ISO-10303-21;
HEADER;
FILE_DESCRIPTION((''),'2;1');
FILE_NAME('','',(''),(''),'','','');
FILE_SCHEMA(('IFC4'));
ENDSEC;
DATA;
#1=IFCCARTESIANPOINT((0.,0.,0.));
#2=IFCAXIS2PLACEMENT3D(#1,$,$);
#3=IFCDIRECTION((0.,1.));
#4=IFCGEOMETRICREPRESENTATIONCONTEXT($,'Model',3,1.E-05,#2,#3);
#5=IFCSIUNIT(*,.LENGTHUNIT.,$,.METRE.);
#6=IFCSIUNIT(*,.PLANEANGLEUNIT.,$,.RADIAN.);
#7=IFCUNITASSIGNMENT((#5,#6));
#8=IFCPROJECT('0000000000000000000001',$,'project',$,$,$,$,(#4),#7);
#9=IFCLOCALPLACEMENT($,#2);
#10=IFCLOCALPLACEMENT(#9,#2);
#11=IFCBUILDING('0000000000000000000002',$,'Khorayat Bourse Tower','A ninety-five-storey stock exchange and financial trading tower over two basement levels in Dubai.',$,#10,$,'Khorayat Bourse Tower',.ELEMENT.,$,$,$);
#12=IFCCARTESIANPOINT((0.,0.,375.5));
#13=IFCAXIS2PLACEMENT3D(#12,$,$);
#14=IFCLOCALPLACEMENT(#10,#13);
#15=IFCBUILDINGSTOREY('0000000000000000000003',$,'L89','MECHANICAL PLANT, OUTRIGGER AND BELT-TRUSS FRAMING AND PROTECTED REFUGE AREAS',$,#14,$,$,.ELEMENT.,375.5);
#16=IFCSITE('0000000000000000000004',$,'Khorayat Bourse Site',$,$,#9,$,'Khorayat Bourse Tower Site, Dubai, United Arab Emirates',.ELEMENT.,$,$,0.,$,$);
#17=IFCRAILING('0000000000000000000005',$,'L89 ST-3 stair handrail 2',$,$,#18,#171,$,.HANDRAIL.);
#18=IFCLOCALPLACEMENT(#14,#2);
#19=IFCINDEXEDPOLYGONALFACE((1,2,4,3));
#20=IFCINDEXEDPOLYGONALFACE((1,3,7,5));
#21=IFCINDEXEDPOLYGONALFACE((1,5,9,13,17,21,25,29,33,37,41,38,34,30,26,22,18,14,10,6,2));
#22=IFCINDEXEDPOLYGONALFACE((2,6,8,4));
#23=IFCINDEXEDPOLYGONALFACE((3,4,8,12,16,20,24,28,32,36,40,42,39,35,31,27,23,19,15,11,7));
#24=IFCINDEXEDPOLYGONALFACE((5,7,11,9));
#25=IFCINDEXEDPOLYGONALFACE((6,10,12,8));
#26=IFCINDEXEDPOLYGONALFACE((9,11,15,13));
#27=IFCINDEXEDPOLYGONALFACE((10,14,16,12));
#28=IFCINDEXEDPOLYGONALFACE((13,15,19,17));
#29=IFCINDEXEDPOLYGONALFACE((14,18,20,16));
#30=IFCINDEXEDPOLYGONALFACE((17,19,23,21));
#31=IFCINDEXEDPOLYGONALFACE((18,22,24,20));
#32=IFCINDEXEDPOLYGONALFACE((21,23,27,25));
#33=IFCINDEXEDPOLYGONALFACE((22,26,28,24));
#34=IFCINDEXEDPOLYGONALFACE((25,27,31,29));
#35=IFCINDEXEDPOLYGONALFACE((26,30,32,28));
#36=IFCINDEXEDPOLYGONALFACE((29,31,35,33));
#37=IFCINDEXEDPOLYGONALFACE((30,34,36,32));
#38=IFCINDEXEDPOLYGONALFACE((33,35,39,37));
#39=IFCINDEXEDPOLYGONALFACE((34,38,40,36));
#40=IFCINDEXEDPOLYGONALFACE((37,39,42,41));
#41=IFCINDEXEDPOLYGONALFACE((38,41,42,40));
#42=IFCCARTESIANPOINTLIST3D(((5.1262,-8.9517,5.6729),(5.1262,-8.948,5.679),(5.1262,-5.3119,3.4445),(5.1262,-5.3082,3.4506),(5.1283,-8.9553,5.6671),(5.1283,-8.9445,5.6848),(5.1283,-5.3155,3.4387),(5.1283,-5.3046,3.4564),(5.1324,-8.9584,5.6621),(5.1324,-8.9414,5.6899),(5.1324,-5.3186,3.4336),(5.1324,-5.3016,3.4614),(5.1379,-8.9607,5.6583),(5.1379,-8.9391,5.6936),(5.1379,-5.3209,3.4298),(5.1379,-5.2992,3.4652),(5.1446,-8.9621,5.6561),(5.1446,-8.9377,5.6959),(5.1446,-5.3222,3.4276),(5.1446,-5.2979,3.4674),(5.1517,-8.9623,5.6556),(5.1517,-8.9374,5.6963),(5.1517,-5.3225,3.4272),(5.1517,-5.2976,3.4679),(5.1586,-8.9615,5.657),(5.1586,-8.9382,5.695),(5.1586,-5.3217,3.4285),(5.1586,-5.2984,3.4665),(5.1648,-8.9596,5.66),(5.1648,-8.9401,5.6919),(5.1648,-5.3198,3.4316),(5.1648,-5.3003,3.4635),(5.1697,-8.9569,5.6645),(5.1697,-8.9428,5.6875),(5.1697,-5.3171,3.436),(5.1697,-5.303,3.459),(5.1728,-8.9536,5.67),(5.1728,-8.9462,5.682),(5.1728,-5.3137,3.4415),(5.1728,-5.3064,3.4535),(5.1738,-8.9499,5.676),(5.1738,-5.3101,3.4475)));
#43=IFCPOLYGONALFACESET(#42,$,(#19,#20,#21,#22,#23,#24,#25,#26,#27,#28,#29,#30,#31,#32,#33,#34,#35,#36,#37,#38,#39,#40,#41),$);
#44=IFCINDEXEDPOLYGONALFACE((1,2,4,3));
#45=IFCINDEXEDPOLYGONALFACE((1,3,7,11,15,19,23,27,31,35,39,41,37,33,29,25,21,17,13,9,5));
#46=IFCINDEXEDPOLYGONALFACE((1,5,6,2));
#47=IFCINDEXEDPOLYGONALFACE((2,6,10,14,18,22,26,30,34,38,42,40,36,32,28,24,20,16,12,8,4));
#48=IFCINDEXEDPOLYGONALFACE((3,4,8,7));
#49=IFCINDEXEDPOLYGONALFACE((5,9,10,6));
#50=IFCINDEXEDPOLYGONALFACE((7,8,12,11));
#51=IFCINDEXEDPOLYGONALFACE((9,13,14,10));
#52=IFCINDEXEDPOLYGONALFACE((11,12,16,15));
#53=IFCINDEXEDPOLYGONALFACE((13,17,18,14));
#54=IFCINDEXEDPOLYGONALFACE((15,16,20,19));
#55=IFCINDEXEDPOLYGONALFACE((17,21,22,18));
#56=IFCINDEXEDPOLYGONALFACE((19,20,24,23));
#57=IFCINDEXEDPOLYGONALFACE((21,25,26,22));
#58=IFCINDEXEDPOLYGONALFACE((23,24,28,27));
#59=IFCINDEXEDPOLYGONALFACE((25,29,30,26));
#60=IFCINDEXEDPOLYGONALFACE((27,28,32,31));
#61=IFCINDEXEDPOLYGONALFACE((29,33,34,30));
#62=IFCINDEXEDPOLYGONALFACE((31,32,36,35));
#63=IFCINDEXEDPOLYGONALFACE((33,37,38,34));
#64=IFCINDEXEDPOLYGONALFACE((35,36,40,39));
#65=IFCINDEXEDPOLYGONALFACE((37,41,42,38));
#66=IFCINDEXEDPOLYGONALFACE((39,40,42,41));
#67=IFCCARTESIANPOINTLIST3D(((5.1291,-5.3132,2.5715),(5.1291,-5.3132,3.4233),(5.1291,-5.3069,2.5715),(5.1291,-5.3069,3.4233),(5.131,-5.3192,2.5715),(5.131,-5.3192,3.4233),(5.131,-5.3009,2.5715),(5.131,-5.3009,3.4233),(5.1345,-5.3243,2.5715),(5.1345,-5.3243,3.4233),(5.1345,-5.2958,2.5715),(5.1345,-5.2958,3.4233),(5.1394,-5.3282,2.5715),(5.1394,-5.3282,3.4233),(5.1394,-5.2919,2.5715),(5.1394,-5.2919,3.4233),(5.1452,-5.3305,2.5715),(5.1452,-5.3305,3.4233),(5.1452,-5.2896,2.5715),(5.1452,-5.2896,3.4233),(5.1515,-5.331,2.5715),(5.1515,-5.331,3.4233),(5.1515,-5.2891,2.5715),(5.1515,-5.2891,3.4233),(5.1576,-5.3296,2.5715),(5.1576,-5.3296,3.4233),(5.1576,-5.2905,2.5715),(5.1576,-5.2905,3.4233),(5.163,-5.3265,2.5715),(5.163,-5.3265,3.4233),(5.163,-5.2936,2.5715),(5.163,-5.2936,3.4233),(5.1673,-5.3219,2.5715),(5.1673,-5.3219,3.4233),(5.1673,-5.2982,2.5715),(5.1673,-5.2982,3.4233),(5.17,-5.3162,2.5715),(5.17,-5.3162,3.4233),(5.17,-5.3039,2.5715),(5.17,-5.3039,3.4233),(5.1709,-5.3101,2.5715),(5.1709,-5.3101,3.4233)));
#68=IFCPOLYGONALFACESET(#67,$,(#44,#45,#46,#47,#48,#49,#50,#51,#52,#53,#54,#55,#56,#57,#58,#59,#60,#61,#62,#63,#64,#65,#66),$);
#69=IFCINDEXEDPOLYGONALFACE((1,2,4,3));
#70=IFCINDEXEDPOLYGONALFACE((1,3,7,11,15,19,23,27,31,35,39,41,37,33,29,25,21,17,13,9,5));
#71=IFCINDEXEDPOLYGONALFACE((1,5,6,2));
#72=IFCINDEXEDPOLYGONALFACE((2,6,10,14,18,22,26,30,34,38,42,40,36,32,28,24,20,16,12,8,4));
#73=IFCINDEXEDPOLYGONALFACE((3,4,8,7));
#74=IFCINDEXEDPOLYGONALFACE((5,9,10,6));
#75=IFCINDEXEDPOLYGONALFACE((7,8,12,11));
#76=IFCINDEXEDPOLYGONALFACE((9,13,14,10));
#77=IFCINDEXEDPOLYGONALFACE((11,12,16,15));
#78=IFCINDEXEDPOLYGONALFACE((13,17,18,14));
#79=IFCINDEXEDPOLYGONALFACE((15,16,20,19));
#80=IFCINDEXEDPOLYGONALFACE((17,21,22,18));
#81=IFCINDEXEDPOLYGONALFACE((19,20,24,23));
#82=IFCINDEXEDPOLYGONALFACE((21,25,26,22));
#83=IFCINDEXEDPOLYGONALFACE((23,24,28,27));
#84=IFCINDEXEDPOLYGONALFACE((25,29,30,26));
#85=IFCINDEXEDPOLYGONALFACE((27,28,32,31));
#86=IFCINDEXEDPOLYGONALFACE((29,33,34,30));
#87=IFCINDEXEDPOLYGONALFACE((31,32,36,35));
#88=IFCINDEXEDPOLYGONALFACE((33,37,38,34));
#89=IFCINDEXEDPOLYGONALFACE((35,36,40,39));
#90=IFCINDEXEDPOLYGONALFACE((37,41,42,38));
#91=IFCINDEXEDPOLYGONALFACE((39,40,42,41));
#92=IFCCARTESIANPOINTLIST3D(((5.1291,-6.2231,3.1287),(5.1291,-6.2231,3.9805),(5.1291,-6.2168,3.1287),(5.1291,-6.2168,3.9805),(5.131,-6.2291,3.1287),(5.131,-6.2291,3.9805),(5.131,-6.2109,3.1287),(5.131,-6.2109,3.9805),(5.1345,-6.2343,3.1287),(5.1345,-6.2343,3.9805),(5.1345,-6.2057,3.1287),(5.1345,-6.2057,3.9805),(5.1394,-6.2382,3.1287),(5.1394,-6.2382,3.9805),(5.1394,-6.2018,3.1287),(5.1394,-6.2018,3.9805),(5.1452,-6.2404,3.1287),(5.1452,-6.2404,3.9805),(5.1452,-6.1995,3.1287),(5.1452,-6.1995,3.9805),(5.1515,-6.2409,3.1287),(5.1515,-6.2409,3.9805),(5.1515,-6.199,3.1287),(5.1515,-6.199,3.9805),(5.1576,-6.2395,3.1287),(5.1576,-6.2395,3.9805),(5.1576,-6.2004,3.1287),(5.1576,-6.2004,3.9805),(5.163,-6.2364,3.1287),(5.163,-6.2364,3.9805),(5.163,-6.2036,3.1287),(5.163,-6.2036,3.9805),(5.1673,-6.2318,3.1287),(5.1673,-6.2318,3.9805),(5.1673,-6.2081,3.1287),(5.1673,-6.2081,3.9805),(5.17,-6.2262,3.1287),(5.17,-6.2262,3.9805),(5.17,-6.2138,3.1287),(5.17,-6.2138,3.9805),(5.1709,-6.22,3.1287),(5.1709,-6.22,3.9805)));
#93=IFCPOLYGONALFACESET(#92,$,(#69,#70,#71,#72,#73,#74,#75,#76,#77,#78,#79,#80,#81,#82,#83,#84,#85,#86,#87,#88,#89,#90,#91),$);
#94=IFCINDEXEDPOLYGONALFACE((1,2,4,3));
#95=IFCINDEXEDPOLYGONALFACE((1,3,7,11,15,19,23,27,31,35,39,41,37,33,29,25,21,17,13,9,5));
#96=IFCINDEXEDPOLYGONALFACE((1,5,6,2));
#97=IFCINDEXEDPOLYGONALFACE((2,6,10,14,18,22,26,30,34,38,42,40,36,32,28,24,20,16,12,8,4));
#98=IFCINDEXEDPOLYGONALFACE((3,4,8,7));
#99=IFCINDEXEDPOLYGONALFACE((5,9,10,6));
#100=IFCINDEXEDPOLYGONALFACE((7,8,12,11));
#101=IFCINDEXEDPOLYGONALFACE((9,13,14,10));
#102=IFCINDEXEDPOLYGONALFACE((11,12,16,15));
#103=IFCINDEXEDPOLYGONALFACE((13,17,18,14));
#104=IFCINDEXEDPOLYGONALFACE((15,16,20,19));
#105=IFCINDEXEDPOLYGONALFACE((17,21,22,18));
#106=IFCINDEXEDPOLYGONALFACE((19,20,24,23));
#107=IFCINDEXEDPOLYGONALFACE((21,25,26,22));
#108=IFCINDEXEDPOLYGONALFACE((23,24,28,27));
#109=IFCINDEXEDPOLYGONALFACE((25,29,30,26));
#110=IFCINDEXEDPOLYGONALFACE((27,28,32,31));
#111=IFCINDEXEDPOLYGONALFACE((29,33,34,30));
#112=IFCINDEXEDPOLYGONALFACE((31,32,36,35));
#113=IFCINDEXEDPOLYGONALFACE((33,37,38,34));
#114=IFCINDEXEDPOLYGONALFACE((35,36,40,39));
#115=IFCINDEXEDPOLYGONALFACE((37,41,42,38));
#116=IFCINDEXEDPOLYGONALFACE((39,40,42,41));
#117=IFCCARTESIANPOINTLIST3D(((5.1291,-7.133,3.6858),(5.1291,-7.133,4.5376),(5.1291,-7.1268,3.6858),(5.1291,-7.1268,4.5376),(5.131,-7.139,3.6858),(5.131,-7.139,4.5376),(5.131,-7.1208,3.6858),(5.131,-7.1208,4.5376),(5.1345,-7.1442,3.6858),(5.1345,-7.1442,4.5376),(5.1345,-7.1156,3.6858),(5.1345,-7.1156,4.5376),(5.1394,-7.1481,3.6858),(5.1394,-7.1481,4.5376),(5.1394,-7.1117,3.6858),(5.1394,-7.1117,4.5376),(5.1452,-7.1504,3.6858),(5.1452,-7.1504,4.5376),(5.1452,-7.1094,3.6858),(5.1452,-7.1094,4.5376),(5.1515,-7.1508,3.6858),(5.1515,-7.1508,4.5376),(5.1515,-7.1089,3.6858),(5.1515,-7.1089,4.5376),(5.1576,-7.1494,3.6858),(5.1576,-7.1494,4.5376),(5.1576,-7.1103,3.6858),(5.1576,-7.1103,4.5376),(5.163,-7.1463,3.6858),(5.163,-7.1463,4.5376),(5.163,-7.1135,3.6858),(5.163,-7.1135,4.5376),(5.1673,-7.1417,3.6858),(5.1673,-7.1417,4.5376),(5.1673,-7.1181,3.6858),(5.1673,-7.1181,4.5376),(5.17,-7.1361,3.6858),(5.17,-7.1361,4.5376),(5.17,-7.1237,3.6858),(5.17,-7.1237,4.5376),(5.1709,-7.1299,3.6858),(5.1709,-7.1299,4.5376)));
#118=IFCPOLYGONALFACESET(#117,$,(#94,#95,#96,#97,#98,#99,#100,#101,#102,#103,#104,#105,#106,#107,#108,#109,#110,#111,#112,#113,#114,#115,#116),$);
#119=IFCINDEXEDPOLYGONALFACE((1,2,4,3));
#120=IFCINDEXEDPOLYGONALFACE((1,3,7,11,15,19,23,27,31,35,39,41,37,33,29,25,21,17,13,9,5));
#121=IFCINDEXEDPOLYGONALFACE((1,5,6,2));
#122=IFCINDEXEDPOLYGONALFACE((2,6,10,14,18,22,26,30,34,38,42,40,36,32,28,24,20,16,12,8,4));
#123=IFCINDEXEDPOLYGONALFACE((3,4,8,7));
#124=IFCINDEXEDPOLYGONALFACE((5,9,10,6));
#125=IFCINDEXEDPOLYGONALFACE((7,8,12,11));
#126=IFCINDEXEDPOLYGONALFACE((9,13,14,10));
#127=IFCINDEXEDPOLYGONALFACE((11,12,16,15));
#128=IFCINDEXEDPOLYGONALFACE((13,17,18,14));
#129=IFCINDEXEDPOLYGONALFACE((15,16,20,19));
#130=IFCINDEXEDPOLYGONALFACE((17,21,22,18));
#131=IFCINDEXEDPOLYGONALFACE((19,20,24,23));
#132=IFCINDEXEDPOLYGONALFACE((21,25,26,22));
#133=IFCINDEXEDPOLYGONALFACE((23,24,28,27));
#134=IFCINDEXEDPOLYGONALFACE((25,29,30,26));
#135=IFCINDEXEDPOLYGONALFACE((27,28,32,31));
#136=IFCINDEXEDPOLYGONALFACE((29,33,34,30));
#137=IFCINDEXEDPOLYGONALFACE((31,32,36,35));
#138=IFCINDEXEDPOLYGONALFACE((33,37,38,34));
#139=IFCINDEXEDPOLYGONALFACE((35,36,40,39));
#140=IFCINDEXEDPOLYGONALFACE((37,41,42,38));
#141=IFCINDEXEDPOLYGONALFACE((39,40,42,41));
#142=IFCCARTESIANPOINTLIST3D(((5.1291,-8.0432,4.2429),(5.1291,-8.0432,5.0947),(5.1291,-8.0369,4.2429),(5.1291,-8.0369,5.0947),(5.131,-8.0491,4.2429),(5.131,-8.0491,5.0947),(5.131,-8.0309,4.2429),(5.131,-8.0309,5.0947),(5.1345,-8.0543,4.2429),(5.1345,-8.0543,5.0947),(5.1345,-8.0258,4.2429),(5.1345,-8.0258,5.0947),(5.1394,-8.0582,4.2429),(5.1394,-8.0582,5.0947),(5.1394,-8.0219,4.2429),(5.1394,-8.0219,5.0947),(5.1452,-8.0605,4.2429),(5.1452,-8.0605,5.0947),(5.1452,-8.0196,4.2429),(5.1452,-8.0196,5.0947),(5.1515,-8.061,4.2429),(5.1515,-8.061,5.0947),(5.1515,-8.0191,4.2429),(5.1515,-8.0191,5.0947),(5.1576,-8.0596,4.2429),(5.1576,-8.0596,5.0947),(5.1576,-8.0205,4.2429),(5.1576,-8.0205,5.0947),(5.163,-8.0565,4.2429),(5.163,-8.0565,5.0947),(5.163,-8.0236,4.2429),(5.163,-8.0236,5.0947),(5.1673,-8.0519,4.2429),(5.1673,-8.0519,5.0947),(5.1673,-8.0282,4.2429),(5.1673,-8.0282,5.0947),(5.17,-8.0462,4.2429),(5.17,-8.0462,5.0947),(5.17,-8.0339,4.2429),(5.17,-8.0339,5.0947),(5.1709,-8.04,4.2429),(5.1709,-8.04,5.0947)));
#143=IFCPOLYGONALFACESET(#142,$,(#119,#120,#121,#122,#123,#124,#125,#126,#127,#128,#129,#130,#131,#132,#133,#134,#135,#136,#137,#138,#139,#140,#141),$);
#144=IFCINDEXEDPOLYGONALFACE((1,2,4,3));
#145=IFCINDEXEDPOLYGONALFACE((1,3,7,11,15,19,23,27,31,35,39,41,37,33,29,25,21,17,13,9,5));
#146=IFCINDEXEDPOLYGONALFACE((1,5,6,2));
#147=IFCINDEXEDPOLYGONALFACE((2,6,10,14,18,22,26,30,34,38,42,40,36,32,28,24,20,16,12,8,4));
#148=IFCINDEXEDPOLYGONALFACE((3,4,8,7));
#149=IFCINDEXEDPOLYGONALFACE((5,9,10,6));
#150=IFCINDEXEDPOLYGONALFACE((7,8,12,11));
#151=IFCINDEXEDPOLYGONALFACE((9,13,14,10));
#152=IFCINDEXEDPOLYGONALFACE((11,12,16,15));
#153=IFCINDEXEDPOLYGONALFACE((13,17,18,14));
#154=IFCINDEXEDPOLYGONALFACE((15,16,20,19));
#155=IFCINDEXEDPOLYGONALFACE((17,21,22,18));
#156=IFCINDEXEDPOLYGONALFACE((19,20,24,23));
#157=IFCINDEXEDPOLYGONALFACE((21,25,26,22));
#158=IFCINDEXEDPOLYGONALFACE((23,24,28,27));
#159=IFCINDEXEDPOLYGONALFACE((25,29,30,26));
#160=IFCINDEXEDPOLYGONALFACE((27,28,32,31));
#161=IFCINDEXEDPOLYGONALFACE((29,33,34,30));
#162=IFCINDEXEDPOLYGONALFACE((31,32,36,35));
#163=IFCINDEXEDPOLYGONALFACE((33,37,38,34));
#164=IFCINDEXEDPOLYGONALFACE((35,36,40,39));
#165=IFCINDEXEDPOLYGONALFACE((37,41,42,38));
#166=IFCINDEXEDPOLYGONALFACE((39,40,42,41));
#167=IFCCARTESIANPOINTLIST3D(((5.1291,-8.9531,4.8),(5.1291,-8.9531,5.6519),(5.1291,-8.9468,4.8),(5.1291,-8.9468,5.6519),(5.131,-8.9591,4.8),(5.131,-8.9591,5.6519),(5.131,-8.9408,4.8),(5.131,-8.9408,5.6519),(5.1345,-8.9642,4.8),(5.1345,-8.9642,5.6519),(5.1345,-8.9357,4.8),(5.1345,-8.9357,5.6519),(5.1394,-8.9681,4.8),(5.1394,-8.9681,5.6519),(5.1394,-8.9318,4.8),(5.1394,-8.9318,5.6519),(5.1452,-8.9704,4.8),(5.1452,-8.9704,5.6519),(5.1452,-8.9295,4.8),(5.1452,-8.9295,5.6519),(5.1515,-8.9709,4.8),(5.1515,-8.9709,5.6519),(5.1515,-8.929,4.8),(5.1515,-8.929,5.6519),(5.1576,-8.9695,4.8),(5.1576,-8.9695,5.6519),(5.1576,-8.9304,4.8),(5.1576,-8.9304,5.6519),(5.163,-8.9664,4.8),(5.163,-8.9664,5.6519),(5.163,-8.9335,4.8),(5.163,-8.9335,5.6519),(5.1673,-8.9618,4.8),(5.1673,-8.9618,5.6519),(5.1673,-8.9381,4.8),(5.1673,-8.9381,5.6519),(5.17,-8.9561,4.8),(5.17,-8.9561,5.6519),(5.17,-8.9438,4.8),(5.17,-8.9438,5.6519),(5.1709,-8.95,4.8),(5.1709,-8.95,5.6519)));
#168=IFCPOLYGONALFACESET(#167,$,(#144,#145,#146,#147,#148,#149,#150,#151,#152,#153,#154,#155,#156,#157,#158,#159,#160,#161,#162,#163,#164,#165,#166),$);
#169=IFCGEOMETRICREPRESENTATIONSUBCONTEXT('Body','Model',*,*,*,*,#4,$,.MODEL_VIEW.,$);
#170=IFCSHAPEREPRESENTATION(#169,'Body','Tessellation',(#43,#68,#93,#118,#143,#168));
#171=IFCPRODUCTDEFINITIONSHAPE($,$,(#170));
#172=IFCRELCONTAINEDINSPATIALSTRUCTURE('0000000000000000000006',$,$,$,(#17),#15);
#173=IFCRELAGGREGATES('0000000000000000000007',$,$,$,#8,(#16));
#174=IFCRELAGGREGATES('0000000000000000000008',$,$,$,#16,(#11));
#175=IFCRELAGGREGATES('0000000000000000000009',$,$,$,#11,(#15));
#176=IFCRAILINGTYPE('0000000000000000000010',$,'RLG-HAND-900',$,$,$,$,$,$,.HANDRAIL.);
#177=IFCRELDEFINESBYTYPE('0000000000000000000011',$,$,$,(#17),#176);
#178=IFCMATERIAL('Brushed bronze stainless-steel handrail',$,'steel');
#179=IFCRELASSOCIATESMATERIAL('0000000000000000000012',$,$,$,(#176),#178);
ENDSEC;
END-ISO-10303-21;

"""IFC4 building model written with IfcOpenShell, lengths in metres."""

from ifc_helpers import new_model, si_unit, direction, frame, origin, origin_2d, place, context, subcontext, project, spatial, circle, extrude, source, transform, mapped, material, type_object, element, save


model = new_model("IFC4")

# Units and contexts
model_context = context("Model", 3, precision=1e-05, world=origin(), true_north=direction((0.0, 1.0)))
body_context = subcontext(model_context, "Body", "Model", "MODEL_VIEW")
ifc_project = project(units=[si_unit("LENGTHUNIT", "METRE"), si_unit("PLANEANGLEUNIT", "RADIAN")], contexts=[model_context])

# Site, building, storey
site_placement = place(None, origin())
site = spatial("IfcSite", under=ifc_project, at=site_placement, Name="Khorayat Bourse Site", LongName="Khorayat Bourse Tower Site, Dubai, United Arab Emirates", CompositionType="ELEMENT", RefElevation=0.0)
building_placement = place(site_placement, origin())
building = spatial("IfcBuilding", under=site, at=building_placement, Name="Khorayat Bourse Tower", Description="A ninety-five-storey stock exchange and financial trading tower over two basement levels in Dubai.", LongName="Khorayat Bourse Tower", CompositionType="ELEMENT")
storey_placement = place(building_placement, frame((0.0, 0.0, 375.5)))
storey = spatial("IfcBuildingStorey", under=building, at=storey_placement, Name="L89", Description="MECHANICAL PLANT, OUTRIGGER AND BELT-TRUSS FRAMING AND PROTECTED REFUGE AREAS", CompositionType="ELEMENT", Elevation=375.5)

# Railing
ifc_material_1 = material(Name="Brushed bronze stainless-steel handrail", Category="steel")
railing_type_1 = type_object("IfcRailingType", Name="RLG-HAND-900", PredefinedType="HANDRAIL", material=ifc_material_1)
shared_shape_1 = source(origin(), body_context, "Body", "SweptSolid", [
    extrude(circle(Radius=0.0239, at=origin_2d()), frame((0.0, 0.0, 0.876), z_axis=(0.0, -0.85285, 0.522156), x_axis=(1.0, 0.0, 0.0)), (0.0, 0.0, 1.0), 4.2678),
    extrude(circle(Radius=0.021, at=origin_2d()), origin(), (0.0, 0.0, 1.0), 0.8518),
    extrude(circle(Radius=0.021, at=origin_2d()), frame((0.0, -0.9099, 0.5571)), (0.0, 0.0, 1.0), 0.8518),
    extrude(circle(Radius=0.021, at=origin_2d()), frame((0.0, -1.8198, 1.1143)), (0.0, 0.0, 1.0), 0.8518),
    extrude(circle(Radius=0.021, at=origin_2d()), frame((0.0, -2.73, 1.6714)), (0.0, 0.0, 1.0), 0.8518),
    extrude(circle(Radius=0.021, at=origin_2d()), frame((0.0, -3.6399, 2.2285)), (0.0, 0.0, 1.0), 0.8518),
])
railing_1_placement = place(storey_placement, frame((5.1499, -5.3101, 2.5715)))
element("IfcRailing", 1, at=railing_1_placement, inside=storey, type_object=railing_type_1, Name="L89 ST-3 stair handrail 2", PredefinedType="HANDRAIL", context=body_context, shape_type="MappedRepresentation", body=[
    mapped(shared_shape_1, transform((0.0, 0.0, 0.0), scale=1.0)),
])

save(model, "model.ifc")
